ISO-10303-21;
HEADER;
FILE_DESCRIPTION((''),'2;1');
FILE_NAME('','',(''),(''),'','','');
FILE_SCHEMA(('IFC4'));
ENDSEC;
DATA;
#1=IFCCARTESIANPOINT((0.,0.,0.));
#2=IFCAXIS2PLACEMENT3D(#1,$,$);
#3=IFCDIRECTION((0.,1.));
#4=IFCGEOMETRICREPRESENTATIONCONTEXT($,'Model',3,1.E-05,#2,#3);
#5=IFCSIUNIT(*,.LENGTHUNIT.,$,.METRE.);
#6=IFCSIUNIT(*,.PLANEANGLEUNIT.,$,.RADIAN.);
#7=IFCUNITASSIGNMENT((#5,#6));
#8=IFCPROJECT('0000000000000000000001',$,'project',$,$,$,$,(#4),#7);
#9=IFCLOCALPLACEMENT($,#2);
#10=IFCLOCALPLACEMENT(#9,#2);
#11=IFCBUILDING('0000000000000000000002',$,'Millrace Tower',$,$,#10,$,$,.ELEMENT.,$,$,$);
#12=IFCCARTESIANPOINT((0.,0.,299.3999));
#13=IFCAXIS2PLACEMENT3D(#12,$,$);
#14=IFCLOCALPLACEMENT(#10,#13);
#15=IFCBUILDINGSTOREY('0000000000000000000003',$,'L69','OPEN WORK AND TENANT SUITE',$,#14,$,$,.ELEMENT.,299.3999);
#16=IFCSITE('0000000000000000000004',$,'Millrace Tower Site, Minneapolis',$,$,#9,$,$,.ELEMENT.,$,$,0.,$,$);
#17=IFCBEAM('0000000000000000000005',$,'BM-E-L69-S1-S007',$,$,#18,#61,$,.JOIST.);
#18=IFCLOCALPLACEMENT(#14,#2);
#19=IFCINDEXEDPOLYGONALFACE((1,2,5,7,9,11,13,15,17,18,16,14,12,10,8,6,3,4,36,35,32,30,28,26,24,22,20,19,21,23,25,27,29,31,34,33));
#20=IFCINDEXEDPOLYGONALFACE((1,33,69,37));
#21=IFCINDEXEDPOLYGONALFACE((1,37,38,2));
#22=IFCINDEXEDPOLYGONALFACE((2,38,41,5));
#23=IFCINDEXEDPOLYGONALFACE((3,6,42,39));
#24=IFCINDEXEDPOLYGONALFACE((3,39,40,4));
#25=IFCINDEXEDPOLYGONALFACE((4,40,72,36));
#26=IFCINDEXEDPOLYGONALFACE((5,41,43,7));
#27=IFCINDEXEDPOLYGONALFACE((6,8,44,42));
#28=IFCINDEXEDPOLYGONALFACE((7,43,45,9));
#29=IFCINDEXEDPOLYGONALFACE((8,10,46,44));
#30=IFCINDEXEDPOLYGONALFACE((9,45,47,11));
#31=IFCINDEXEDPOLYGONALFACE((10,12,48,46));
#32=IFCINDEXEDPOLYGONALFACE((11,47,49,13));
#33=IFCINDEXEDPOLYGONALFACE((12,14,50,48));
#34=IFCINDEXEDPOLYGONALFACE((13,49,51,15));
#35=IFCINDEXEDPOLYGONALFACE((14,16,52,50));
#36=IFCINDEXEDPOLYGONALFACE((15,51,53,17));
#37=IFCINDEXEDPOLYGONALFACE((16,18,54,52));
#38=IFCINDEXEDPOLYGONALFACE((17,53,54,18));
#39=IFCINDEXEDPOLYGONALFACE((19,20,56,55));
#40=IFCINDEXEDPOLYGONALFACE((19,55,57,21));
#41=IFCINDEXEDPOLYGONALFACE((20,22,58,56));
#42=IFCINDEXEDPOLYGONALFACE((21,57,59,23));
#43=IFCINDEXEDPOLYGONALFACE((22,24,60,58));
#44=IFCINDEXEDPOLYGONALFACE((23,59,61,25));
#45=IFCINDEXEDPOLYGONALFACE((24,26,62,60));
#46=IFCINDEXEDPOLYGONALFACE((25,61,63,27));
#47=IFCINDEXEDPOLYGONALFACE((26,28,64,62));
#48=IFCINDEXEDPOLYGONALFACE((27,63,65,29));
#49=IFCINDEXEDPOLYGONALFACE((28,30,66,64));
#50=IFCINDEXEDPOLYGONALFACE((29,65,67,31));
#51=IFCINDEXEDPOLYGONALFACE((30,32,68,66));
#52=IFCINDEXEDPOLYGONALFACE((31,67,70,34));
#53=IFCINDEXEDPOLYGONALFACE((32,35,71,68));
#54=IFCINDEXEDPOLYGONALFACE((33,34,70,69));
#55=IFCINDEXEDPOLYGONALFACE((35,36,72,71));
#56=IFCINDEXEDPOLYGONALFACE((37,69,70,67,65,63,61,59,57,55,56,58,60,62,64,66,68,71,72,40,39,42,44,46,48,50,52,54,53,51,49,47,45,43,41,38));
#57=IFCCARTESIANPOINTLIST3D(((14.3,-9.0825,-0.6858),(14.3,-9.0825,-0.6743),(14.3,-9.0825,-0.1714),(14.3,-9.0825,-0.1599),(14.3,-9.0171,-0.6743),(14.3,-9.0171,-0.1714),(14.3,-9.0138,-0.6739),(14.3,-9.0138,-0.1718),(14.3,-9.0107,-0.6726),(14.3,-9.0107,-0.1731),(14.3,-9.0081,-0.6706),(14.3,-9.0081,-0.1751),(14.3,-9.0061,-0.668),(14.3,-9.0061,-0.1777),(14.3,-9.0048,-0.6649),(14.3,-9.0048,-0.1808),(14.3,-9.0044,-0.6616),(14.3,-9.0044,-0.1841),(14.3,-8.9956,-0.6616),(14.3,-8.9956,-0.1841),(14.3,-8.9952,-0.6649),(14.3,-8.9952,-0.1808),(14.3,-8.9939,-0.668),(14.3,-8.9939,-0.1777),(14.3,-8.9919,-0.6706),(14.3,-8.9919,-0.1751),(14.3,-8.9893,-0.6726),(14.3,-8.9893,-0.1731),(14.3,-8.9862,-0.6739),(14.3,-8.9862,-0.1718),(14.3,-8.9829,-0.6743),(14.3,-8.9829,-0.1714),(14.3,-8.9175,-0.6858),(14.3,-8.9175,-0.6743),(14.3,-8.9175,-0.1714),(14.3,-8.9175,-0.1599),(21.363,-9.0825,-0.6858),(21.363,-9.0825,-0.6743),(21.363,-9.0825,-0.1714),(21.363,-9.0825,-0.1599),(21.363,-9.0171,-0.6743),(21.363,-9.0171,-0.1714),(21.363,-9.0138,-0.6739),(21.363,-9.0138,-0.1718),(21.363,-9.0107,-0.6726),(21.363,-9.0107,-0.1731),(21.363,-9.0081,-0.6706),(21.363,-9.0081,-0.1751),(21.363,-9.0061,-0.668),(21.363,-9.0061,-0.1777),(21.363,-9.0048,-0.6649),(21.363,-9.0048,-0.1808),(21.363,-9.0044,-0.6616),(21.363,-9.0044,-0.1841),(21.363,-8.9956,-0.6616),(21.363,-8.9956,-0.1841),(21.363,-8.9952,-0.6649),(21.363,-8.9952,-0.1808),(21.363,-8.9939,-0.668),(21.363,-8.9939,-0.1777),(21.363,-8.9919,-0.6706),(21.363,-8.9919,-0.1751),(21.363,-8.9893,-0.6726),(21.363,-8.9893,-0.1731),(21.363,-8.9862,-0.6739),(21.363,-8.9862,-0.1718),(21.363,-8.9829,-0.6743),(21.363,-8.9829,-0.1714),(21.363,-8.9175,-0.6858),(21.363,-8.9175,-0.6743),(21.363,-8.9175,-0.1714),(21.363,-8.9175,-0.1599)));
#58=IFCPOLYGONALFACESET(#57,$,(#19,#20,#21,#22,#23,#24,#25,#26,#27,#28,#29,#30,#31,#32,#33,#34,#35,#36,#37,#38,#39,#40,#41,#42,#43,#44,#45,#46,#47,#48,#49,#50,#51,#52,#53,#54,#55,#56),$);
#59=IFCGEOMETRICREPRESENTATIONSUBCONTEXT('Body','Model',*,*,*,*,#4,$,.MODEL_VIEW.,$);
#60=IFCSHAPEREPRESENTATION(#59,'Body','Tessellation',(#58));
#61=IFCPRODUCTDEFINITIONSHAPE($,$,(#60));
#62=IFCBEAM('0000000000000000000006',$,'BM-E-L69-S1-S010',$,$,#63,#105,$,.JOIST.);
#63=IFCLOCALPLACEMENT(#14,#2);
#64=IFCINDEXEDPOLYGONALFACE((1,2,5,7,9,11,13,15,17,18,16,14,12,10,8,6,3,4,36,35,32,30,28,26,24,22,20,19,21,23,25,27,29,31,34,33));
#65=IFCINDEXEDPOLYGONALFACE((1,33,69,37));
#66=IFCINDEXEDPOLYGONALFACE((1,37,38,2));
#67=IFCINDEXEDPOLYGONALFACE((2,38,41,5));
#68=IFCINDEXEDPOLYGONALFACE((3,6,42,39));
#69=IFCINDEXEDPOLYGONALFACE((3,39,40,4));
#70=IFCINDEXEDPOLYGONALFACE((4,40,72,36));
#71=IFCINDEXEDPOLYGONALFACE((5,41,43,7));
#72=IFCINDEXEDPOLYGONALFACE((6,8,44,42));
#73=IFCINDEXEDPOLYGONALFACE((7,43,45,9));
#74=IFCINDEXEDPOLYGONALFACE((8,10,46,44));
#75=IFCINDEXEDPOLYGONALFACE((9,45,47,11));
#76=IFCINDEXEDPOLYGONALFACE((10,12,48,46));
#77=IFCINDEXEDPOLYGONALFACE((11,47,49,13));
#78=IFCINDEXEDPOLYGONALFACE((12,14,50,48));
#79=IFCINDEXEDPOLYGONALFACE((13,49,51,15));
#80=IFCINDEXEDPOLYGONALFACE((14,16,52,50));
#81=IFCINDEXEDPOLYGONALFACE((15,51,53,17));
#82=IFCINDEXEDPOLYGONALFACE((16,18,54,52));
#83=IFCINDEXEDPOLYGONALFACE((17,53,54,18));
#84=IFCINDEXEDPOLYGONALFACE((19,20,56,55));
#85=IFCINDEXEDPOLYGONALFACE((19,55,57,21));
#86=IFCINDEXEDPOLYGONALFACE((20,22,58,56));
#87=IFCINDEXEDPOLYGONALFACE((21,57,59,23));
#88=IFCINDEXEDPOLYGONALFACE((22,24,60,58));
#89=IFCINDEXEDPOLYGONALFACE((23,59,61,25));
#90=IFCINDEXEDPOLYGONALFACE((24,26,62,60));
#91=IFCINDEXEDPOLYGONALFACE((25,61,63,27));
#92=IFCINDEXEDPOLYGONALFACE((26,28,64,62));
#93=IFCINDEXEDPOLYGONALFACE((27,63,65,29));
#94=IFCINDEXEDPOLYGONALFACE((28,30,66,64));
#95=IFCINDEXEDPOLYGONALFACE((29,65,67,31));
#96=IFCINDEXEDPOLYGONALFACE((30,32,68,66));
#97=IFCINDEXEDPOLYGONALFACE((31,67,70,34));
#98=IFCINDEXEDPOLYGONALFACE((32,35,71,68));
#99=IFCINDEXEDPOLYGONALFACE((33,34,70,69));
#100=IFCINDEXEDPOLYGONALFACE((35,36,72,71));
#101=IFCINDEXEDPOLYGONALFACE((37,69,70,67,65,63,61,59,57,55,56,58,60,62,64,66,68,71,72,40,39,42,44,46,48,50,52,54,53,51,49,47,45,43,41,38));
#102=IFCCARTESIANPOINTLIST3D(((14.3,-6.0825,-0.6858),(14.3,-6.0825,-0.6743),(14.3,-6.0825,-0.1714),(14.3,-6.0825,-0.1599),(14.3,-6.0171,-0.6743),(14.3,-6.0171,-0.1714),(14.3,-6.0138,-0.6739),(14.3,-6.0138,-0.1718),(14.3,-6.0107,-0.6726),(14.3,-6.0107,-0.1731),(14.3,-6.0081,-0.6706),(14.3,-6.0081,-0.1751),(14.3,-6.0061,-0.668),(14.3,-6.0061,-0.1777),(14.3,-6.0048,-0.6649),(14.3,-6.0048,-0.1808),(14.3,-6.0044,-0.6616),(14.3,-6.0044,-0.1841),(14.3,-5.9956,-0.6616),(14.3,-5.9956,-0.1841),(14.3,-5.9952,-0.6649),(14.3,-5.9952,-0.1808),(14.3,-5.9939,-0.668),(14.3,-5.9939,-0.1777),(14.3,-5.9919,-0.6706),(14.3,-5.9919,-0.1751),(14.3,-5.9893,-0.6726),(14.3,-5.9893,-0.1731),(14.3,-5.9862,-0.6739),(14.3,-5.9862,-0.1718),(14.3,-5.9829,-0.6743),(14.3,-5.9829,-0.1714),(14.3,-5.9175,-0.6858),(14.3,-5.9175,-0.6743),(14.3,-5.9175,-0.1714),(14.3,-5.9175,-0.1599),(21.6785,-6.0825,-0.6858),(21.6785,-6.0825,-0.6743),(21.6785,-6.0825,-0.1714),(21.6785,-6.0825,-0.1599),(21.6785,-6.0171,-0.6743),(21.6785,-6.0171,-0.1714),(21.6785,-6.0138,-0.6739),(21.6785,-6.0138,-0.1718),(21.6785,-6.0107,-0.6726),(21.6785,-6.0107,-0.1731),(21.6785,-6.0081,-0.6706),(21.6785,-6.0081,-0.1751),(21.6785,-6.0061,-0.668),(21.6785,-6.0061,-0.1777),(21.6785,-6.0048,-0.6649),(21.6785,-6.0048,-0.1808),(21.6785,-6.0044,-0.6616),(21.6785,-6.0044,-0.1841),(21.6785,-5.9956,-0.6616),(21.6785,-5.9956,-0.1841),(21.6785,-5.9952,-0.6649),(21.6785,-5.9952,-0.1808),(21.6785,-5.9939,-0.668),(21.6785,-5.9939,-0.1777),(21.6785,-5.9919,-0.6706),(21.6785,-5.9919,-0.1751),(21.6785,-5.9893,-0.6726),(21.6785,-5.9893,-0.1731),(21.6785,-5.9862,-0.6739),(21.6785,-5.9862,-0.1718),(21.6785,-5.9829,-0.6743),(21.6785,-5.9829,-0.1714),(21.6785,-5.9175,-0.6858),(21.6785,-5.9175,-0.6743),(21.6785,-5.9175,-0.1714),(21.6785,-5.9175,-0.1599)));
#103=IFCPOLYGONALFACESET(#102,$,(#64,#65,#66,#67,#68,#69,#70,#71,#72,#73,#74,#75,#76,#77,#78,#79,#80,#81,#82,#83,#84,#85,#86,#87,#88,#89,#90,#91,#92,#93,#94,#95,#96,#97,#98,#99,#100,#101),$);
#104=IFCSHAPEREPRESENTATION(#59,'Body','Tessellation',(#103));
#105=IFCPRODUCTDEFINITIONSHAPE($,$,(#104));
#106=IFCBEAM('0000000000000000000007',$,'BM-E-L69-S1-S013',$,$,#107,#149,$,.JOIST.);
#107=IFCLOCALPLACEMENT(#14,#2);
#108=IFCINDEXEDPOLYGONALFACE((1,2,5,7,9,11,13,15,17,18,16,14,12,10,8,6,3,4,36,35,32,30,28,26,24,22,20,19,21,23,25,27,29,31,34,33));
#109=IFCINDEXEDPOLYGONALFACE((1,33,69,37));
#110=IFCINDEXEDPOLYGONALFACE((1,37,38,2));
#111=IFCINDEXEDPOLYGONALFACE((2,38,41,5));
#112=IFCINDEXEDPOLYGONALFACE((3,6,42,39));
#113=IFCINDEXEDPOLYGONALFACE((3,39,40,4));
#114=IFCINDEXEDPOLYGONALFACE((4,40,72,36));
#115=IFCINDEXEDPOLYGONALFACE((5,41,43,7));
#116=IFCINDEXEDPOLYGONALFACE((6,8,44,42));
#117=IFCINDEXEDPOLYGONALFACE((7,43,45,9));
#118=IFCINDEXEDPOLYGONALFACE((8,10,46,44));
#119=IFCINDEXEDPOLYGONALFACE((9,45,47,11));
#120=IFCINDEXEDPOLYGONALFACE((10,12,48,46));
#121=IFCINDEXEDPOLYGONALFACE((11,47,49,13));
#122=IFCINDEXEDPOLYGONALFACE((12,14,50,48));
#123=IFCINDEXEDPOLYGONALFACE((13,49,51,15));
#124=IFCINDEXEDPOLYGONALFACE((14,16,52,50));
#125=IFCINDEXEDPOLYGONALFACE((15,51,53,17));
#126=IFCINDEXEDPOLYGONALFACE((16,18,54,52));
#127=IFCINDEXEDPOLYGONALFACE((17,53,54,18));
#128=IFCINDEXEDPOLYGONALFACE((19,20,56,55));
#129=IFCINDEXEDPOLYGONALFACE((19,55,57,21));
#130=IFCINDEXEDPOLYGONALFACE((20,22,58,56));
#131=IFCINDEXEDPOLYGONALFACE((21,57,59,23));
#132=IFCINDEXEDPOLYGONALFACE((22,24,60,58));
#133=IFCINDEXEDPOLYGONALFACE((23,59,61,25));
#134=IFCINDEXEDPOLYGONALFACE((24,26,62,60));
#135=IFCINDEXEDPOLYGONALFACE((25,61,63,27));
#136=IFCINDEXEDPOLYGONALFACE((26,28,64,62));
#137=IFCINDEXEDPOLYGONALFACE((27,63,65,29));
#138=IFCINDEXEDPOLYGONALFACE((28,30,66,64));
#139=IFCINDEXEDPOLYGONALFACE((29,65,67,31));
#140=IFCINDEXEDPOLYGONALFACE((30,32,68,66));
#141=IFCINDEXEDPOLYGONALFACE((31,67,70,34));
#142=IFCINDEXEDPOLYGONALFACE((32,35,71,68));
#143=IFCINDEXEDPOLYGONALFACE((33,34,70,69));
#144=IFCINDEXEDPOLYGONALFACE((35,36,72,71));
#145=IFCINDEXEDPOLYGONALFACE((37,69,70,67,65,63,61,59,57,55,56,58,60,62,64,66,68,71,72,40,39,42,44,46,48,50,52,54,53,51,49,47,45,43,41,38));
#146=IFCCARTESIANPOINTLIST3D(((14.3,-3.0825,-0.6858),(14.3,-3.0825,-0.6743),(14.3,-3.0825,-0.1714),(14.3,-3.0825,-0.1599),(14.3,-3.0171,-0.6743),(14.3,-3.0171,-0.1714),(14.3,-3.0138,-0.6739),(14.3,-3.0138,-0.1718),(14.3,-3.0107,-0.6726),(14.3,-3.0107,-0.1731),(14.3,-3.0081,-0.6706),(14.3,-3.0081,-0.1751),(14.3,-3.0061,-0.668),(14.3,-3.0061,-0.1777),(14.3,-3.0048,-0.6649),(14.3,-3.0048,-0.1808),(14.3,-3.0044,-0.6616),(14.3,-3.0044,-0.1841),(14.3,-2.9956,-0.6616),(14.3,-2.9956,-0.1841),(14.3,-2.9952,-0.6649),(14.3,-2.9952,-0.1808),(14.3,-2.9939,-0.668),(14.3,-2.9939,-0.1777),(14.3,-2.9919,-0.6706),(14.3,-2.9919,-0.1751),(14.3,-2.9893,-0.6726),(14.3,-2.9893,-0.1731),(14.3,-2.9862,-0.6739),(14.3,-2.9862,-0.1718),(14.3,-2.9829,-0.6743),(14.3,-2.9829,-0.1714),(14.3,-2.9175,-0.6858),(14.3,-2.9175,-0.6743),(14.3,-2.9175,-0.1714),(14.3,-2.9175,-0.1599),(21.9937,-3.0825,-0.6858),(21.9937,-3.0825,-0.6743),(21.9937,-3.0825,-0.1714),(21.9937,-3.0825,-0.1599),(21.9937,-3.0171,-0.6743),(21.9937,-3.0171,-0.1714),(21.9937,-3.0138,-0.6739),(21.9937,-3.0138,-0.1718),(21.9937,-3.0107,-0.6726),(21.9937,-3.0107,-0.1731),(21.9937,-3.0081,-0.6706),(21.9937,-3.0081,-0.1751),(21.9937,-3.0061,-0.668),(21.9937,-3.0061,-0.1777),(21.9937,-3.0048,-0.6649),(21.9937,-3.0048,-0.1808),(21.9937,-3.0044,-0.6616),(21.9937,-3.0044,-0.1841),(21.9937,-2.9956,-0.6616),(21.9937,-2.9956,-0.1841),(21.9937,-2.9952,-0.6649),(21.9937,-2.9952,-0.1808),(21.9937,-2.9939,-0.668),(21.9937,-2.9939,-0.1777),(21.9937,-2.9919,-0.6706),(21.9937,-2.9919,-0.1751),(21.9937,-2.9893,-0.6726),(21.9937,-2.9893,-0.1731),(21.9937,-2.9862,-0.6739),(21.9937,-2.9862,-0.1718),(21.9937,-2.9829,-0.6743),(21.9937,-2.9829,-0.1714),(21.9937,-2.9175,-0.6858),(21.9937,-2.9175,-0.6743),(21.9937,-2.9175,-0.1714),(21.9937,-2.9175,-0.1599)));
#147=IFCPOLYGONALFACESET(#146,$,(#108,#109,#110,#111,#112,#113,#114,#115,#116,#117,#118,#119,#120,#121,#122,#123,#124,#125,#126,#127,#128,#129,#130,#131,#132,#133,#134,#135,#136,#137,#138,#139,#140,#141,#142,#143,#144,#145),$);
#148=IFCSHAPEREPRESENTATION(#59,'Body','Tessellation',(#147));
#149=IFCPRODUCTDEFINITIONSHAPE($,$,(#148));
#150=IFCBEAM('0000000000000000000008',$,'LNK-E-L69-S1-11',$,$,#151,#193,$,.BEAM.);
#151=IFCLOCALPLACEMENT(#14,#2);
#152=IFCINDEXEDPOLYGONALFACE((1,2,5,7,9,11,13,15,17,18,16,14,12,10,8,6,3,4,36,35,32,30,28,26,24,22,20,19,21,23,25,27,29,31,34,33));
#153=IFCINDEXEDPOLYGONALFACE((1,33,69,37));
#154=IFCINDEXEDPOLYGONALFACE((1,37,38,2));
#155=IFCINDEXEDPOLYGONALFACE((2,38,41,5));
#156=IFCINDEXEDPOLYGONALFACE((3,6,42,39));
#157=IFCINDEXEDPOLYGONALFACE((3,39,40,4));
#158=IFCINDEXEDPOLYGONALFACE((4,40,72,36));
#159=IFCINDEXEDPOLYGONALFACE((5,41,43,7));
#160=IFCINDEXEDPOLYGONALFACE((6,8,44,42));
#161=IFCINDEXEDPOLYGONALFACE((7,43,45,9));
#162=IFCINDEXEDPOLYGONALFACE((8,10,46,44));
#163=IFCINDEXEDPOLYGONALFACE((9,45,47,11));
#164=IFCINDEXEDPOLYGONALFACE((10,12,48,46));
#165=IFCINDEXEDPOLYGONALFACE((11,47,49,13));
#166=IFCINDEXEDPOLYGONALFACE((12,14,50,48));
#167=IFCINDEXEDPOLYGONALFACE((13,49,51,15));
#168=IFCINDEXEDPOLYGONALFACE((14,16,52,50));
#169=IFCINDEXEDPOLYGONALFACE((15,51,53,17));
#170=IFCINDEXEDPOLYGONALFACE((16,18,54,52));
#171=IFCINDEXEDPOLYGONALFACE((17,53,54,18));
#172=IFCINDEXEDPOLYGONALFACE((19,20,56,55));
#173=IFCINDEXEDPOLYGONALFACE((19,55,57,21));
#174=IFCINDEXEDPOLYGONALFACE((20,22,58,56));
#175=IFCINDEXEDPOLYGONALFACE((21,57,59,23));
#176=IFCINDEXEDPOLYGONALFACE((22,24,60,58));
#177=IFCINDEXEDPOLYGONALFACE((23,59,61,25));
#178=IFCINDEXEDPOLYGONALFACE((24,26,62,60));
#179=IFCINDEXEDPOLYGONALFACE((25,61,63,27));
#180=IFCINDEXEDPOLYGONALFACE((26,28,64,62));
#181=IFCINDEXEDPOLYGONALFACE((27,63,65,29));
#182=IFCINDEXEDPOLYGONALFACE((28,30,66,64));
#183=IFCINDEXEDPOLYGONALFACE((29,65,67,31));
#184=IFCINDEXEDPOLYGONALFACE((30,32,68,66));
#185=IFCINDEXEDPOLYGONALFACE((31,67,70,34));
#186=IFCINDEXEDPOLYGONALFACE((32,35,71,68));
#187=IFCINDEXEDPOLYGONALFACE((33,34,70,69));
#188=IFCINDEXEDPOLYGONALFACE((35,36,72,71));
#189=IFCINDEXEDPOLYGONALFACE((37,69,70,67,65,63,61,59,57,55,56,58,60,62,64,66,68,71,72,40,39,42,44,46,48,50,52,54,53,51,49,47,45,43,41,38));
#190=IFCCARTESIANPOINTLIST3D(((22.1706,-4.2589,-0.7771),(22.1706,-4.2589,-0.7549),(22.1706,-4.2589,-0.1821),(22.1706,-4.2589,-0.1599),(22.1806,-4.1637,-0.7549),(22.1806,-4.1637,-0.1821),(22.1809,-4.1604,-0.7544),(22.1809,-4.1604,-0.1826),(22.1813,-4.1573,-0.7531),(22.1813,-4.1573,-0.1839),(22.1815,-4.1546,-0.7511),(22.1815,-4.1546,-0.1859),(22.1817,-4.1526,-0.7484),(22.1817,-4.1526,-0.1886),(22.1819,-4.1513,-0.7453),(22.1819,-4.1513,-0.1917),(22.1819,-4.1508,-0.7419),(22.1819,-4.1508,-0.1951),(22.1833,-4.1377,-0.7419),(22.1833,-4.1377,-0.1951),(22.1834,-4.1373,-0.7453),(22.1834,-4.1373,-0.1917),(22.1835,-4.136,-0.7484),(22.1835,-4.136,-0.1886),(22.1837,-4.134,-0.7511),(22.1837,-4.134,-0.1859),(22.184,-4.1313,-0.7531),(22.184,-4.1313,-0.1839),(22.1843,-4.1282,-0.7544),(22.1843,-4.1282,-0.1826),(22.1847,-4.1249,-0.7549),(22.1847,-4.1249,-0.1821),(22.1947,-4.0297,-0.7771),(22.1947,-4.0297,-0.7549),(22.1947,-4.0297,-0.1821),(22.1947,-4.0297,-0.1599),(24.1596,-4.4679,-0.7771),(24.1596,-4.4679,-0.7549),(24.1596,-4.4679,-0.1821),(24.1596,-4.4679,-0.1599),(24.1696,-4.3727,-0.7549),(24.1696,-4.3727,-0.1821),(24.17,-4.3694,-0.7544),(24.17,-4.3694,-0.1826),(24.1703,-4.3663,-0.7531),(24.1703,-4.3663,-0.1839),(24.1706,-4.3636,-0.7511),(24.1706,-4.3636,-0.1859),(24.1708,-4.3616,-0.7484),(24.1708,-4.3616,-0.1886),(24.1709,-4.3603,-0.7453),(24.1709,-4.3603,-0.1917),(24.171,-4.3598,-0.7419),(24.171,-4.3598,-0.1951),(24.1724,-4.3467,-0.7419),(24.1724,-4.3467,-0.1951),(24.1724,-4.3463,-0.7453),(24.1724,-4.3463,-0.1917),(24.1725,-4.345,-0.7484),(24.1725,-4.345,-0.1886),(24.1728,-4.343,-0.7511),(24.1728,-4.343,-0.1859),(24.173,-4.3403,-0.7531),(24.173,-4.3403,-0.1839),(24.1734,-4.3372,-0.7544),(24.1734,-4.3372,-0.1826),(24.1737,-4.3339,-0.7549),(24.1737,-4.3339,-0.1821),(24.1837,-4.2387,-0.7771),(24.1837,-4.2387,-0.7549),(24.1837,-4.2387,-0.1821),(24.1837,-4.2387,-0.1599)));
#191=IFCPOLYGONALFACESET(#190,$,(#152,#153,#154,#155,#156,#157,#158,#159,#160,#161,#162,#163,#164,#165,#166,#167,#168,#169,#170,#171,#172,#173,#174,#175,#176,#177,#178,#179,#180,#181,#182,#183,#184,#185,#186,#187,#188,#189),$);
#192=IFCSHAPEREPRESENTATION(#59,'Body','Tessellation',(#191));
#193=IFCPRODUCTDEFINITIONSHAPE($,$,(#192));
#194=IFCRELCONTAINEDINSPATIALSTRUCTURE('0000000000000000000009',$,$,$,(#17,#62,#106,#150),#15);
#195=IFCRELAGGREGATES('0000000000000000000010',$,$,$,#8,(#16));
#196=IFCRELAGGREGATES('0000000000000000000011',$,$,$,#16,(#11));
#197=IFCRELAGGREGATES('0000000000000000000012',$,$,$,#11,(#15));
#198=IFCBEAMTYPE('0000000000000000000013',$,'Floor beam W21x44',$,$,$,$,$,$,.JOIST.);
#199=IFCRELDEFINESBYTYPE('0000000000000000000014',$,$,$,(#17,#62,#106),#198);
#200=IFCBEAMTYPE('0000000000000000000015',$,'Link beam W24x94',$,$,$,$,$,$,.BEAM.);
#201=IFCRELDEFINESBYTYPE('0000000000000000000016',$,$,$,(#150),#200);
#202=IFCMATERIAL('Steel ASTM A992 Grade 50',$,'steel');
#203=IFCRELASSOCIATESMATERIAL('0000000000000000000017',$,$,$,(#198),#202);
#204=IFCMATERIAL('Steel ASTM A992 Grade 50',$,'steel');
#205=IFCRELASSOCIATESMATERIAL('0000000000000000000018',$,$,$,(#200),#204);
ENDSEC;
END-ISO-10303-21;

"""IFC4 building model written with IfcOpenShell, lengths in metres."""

from ifc_helpers import new_model, si_unit, direction, frame, origin, origin_2d, place, context, subcontext, project, spatial, i_section, extrude, material, material_profile, profile_set, type_object, element, save


model = new_model("IFC4")

# Units and contexts
model_context = context("Model", 3, precision=1e-05, world=origin(), true_north=direction((0.0, 1.0)))
body_context = subcontext(model_context, "Body", "Model", "MODEL_VIEW")
ifc_project = project(units=[si_unit("LENGTHUNIT", "METRE"), si_unit("PLANEANGLEUNIT", "RADIAN")], contexts=[model_context])

# Site, building, storey
site_placement = place(None, origin())
site = spatial("IfcSite", under=ifc_project, at=site_placement, Name="Millrace Tower Site, Minneapolis", CompositionType="ELEMENT", RefElevation=0.0)
building_placement = place(site_placement, origin())
building = spatial("IfcBuilding", under=site, at=building_placement, Name="Millrace Tower", CompositionType="ELEMENT")
storey_placement = place(building_placement, frame((0.0, 0.0, 299.3999)))
storey = spatial("IfcBuildingStorey", under=building, at=storey_placement, Name="L69", Description="OPEN WORK AND TENANT SUITE", CompositionType="ELEMENT", Elevation=299.3999)

# Beams
ifc_material_1 = material(Name="Steel ASTM A992 Grade 50", Category="steel")
ifc_material_profile_1 = material_profile(ifc_material_1, i_section(OverallWidth=0.165, OverallDepth=0.5259, WebThickness=0.0088, FlangeThickness=0.0115, FilletRadius=0.0127, at=origin_2d()))
ifc_profile_set_1 = profile_set([ifc_material_profile_1], Name="Steel ASTM A992 Grade 50")
beam_type_1 = type_object("IfcBeamType", Name="Floor beam W21x44", PredefinedType="JOIST", material=ifc_profile_set_1)
beam_1_placement = place(storey_placement, frame((14.3, -9.0, -0.4229), z_axis=(1.0, 0.0, 0.0), x_axis=(0.0, 1.0, 0.0)))
element("IfcBeam", 1, at=beam_1_placement, inside=storey, type_object=beam_type_1, Name="BM-E-L69-S1-S007", PredefinedType="JOIST", context=body_context, shape_type="SweptSolid", body=[
    extrude(i_section(OverallWidth=0.165, OverallDepth=0.5259, WebThickness=0.0088, FlangeThickness=0.0115, FilletRadius=0.0127, at=origin_2d()), origin(), (0.0, 0.0, 1.0), 7.063),
])
beam_2_placement = place(storey_placement, frame((14.3, -6.0, -0.4229), z_axis=(1.0, 0.0, 0.0), x_axis=(0.0, 1.0, 0.0)))
element("IfcBeam", 2, at=beam_2_placement, inside=storey, type_object=beam_type_1, Name="BM-E-L69-S1-S010", PredefinedType="JOIST", context=body_context, shape_type="SweptSolid", body=[
    extrude(i_section(OverallWidth=0.165, OverallDepth=0.5259, WebThickness=0.0088, FlangeThickness=0.0115, FilletRadius=0.0127, at=origin_2d()), origin(), (0.0, 0.0, 1.0), 7.3784),
])
beam_3_placement = place(storey_placement, frame((14.3, -3.0, -0.4229), z_axis=(1.0, 0.0, 0.0), x_axis=(0.0, 1.0, 0.0)))
element("IfcBeam", 3, at=beam_3_placement, inside=storey, type_object=beam_type_1, Name="BM-E-L69-S1-S013", PredefinedType="JOIST", context=body_context, shape_type="SweptSolid", body=[
    extrude(i_section(OverallWidth=0.165, OverallDepth=0.5259, WebThickness=0.0088, FlangeThickness=0.0115, FilletRadius=0.0127, at=origin_2d()), origin(), (0.0, 0.0, 1.0), 7.6936),
])
ifc_material_2 = material(Name="Steel ASTM A992 Grade 50", Category="steel")
ifc_material_profile_2 = material_profile(ifc_material_2, i_section(OverallWidth=0.2305, OverallDepth=0.6172, WebThickness=0.0132, FlangeThickness=0.0222, FilletRadius=0.0129, at=origin_2d()))
ifc_profile_set_2 = profile_set([ifc_material_profile_2], Name="Steel ASTM A992 Grade 50")
beam_type_2 = type_object("IfcBeamType", Name="Link beam W24x94", PredefinedType="BEAM", material=ifc_profile_set_2)
beam_4_placement = place(storey_placement, frame((22.1826, -4.1443, -0.4685), z_axis=(0.994526, -0.104494, 0.0), x_axis=(0.104494, 0.994526, 0.0)))
element("IfcBeam", 4, at=beam_4_placement, inside=storey, type_object=beam_type_2, Name="LNK-E-L69-S1-11", PredefinedType="BEAM", context=body_context, shape_type="SweptSolid", body=[
    extrude(i_section(OverallWidth=0.2305, OverallDepth=0.6172, WebThickness=0.0132, FlangeThickness=0.0222, FilletRadius=0.0129, at=origin_2d()), origin(), (0.0, 0.0, 1.0), 2.0),
])

save(model, "model.ifc")
